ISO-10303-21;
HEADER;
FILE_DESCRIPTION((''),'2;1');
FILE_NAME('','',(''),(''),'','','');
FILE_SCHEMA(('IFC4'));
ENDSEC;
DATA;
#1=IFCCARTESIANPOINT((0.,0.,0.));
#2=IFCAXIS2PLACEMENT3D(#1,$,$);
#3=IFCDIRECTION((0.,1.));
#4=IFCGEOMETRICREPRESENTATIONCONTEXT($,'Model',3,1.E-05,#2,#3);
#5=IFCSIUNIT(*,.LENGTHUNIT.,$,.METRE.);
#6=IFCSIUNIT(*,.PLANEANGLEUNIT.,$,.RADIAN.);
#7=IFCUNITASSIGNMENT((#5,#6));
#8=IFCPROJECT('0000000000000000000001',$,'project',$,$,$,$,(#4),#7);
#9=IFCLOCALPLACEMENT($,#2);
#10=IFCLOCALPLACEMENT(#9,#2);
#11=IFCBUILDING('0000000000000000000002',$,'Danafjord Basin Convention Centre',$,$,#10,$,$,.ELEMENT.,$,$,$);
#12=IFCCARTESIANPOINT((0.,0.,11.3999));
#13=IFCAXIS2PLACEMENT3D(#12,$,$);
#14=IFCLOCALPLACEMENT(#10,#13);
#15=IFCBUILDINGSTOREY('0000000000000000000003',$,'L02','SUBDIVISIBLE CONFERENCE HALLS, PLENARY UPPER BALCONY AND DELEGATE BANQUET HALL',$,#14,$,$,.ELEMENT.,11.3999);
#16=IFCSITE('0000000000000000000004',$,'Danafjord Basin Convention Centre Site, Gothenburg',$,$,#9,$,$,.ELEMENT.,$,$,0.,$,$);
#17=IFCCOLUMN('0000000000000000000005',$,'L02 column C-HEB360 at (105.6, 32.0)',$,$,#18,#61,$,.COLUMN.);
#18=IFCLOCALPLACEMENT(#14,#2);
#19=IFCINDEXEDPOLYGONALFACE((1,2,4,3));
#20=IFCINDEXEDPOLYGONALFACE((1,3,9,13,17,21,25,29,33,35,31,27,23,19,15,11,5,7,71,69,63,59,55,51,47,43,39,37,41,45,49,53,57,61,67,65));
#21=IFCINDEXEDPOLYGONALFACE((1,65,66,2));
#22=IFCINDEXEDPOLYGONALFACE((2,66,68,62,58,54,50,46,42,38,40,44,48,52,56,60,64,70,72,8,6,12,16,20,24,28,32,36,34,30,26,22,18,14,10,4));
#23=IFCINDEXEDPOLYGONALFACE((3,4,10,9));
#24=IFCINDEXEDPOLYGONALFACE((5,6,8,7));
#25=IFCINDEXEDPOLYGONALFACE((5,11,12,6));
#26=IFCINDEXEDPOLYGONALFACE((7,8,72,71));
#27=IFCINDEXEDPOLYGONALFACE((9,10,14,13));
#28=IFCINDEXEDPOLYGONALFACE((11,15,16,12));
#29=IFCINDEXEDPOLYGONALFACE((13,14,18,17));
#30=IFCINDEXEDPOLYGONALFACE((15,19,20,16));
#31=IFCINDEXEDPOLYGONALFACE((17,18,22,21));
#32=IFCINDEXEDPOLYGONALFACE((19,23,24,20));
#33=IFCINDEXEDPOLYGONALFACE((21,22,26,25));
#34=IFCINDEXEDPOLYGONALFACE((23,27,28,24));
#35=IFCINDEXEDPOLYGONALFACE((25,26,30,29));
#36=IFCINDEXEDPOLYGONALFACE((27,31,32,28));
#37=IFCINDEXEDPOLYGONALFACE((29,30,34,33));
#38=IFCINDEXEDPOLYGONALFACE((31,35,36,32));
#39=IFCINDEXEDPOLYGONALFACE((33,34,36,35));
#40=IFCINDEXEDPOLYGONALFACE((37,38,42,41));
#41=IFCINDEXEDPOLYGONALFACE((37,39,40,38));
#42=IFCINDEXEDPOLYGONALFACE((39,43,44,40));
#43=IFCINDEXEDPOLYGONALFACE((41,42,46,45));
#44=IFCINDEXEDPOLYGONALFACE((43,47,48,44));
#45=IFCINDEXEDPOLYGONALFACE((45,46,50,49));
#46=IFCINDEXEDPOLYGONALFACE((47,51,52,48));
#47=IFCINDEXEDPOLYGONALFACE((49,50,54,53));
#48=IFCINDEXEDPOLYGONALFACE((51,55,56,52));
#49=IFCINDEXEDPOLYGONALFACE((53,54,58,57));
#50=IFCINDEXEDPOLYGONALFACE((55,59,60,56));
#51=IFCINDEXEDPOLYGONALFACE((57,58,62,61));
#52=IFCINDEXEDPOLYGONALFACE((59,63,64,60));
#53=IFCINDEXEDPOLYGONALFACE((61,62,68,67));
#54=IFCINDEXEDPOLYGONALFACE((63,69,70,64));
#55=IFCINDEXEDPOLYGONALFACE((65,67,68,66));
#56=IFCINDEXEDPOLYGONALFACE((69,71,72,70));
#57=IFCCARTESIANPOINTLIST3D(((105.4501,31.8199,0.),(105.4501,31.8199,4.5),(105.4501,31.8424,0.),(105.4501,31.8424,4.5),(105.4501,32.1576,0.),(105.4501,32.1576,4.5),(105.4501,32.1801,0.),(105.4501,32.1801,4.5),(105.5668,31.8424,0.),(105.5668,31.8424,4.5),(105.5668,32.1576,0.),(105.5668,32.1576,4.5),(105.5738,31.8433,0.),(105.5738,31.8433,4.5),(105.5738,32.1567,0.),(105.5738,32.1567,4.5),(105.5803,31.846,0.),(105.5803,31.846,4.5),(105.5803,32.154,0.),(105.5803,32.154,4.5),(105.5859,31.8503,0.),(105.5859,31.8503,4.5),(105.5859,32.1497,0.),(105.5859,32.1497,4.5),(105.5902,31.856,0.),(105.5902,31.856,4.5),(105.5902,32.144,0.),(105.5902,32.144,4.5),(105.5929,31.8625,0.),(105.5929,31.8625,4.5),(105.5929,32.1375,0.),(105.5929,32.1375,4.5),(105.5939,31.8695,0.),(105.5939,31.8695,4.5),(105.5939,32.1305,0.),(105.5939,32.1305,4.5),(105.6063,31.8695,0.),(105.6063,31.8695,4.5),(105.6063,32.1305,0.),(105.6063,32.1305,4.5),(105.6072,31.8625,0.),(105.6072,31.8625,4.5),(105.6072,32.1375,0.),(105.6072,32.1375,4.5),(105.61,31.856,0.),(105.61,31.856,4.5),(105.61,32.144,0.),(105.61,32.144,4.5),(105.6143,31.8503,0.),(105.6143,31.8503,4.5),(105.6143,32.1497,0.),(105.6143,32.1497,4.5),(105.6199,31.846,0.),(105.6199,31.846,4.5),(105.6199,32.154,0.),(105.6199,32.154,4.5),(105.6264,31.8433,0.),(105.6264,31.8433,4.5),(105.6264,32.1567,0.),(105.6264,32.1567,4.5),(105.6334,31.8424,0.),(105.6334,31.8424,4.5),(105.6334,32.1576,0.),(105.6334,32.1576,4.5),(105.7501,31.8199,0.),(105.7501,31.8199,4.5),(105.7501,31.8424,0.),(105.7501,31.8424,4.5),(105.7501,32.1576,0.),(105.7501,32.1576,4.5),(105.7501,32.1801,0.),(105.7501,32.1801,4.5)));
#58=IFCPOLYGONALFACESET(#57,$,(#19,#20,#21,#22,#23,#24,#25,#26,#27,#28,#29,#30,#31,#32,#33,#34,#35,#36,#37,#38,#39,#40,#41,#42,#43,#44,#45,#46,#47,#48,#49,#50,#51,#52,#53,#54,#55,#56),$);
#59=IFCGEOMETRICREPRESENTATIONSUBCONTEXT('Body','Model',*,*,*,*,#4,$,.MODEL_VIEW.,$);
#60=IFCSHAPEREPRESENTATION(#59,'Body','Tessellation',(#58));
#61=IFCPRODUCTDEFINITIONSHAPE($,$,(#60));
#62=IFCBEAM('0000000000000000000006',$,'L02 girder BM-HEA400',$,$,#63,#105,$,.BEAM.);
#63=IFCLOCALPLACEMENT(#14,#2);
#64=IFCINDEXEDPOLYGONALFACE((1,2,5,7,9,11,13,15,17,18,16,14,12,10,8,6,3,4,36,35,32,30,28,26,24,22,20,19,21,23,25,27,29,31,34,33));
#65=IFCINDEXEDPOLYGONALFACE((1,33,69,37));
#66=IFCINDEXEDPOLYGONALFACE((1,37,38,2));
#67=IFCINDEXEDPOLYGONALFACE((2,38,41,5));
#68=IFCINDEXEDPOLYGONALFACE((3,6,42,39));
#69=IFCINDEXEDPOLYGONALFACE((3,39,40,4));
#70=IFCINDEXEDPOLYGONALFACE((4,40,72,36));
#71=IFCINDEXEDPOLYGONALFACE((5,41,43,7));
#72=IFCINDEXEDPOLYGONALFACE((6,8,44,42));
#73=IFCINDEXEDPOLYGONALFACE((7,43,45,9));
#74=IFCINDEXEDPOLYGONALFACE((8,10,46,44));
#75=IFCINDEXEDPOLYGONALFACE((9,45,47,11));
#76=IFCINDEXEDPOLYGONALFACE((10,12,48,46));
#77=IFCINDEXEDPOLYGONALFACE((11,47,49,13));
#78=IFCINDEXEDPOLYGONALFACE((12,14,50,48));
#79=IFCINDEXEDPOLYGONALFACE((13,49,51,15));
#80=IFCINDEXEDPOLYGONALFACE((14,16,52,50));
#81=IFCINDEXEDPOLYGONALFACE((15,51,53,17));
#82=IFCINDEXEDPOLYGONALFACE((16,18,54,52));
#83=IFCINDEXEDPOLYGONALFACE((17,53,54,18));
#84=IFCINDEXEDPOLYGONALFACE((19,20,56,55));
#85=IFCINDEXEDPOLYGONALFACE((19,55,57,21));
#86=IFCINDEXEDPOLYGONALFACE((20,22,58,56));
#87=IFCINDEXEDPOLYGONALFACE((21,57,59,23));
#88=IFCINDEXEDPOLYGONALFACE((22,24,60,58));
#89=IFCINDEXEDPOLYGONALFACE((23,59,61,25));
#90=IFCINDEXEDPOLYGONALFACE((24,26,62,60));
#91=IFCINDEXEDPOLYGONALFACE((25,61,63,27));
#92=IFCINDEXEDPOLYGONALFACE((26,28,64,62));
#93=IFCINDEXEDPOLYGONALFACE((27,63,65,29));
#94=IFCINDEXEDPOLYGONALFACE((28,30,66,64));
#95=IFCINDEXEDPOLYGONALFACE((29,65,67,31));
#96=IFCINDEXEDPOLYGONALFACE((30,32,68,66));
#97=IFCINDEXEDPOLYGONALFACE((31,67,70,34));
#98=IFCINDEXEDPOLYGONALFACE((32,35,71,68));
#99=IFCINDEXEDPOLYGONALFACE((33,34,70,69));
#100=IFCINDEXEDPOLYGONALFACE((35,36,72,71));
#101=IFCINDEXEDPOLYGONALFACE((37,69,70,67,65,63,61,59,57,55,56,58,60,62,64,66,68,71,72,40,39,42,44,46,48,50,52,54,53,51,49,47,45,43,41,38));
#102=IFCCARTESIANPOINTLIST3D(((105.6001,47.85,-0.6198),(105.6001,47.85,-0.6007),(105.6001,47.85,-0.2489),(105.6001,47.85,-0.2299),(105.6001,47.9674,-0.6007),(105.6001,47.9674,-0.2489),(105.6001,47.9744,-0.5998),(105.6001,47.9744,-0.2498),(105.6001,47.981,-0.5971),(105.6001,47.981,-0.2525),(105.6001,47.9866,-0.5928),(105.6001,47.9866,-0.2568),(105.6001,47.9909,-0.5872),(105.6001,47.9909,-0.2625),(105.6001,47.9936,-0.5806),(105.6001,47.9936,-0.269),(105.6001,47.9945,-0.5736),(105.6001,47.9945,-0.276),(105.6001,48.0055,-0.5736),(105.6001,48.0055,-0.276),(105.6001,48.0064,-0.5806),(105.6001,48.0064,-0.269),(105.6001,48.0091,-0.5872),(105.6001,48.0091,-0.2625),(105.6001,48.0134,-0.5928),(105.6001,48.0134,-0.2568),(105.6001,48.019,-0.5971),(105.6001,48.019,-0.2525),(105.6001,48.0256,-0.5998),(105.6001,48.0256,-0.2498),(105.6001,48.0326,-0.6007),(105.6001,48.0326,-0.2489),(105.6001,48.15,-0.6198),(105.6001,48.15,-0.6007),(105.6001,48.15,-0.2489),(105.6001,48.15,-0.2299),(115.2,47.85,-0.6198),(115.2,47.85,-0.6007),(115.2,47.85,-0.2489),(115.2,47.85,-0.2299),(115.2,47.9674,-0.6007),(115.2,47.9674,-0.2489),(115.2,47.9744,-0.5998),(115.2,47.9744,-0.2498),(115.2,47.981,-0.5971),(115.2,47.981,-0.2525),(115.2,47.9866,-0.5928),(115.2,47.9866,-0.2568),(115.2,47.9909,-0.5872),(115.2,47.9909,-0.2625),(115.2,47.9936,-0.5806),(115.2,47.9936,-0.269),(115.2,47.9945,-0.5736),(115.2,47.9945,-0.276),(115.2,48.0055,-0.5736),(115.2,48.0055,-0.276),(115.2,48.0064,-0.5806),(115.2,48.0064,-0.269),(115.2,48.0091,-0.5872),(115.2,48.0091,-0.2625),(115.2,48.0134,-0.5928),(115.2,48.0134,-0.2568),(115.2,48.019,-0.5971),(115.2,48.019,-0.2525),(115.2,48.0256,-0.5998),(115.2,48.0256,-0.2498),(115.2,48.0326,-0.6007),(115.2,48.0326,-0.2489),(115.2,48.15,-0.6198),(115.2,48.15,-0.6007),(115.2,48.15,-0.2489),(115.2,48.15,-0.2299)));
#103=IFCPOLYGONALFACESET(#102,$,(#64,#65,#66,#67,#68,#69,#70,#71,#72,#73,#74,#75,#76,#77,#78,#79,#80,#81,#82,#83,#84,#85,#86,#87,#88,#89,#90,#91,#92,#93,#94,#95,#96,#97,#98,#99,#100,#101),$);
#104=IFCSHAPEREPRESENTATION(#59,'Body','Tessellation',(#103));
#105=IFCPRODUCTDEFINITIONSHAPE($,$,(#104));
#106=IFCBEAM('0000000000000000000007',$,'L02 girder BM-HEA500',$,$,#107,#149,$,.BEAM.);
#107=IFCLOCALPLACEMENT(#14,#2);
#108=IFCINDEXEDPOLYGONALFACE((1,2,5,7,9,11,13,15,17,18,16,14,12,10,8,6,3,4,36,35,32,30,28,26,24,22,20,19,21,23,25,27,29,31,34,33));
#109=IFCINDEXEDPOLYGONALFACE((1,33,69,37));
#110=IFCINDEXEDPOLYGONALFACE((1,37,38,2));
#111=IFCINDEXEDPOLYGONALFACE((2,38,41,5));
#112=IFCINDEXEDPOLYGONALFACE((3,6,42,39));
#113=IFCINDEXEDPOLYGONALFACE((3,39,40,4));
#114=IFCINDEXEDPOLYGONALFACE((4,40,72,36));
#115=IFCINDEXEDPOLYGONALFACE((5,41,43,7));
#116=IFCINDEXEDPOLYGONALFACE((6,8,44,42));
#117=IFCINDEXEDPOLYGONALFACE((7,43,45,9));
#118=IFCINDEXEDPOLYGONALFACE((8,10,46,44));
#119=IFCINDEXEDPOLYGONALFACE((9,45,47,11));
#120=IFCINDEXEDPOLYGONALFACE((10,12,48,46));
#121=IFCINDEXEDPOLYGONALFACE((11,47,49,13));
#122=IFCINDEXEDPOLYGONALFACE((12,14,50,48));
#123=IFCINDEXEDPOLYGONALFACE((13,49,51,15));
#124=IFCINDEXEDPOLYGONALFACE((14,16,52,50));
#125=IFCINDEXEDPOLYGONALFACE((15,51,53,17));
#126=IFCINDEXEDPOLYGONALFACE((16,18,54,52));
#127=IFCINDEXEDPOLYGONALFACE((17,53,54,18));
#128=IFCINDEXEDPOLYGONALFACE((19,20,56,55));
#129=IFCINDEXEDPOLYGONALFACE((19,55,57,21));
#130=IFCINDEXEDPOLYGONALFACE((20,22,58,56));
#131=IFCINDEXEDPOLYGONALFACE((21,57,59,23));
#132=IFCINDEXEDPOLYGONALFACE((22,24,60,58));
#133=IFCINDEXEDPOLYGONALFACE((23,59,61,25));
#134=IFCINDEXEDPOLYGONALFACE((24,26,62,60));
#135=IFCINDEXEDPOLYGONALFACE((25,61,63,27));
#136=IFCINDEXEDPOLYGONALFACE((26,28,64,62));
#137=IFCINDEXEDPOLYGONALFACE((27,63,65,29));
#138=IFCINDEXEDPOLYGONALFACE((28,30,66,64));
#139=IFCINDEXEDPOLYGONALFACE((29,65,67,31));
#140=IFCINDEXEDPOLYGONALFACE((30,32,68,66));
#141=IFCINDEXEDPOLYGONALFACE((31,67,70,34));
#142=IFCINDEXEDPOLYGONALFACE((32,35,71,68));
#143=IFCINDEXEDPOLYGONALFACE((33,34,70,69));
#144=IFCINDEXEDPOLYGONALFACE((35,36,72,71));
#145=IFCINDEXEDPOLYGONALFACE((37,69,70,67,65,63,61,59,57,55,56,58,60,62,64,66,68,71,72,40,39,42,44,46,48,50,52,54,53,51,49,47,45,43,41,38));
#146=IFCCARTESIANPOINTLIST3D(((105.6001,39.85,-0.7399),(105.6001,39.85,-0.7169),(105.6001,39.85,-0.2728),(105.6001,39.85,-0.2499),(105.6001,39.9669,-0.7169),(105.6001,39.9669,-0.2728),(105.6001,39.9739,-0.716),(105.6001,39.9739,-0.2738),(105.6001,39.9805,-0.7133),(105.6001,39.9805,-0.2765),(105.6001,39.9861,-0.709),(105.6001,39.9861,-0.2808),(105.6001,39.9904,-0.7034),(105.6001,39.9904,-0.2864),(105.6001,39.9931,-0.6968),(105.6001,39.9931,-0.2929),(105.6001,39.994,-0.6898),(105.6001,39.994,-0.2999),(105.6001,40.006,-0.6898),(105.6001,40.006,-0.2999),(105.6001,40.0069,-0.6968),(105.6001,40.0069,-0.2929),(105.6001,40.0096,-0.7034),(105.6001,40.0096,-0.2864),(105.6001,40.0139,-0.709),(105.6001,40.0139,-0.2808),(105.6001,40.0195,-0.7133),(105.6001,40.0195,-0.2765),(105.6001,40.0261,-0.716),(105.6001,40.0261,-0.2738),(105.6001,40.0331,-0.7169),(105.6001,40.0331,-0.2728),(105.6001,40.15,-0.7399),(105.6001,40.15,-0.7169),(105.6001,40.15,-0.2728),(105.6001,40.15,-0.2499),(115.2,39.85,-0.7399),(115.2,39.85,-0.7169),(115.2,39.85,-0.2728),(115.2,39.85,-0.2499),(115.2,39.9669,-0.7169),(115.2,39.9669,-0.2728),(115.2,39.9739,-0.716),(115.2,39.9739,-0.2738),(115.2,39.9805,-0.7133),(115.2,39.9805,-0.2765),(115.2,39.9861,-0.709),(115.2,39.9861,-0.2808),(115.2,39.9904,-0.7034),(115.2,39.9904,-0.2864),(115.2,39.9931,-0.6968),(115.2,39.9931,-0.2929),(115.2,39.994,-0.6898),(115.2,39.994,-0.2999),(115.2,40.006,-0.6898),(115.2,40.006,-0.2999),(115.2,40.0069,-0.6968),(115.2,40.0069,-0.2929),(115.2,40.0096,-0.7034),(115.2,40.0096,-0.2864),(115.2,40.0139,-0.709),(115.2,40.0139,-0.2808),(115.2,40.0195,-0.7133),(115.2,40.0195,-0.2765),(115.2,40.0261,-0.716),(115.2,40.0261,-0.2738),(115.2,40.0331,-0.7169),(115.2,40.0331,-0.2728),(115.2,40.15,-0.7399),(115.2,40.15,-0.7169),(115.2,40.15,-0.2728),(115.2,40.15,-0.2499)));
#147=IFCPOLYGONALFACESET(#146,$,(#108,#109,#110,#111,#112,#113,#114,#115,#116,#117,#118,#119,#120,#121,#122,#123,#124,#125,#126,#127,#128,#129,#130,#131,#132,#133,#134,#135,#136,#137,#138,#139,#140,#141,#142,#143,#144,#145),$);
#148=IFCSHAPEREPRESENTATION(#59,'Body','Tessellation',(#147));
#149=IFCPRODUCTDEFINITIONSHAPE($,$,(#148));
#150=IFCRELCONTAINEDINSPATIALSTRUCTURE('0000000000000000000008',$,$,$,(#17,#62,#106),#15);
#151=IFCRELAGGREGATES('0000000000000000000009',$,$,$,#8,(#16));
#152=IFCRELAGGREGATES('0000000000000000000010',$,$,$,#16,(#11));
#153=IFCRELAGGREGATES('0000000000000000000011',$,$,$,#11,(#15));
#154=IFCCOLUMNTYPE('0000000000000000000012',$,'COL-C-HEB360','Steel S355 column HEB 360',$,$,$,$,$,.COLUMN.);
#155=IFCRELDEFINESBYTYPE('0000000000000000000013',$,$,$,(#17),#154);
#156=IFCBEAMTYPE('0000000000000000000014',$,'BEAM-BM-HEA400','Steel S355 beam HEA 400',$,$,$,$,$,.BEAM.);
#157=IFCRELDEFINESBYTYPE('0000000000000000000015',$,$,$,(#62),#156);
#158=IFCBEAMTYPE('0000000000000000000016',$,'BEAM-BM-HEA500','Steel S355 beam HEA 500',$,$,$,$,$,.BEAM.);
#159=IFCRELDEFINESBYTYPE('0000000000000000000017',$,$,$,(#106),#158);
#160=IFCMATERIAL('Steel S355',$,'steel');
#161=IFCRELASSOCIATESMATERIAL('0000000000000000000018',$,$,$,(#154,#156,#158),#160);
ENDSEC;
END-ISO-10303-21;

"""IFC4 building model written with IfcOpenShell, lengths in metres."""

from ifc_helpers import new_model, si_unit, direction, frame, origin, origin_2d, place, context, subcontext, project, spatial, i_section, extrude, material, material_profile, profile_set, type_object, element, save


model = new_model("IFC4")

# Units and contexts
model_context = context("Model", 3, precision=1e-05, world=origin(), true_north=direction((0.0, 1.0)))
body_context = subcontext(model_context, "Body", "Model", "MODEL_VIEW")
ifc_project = project(units=[si_unit("LENGTHUNIT", "METRE"), si_unit("PLANEANGLEUNIT", "RADIAN")], contexts=[model_context])

# Site, building, storey
site_placement = place(None, origin())
site = spatial("IfcSite", under=ifc_project, at=site_placement, Name="Danafjord Basin Convention Centre Site, Gothenburg", CompositionType="ELEMENT", RefElevation=0.0)
building_placement = place(site_placement, origin())
building = spatial("IfcBuilding", under=site, at=building_placement, Name="Danafjord Basin Convention Centre", CompositionType="ELEMENT")
storey_placement = place(building_placement, frame((0.0, 0.0, 11.3999)))
storey = spatial("IfcBuildingStorey", under=building, at=storey_placement, Name="L02", Description="SUBDIVISIBLE CONFERENCE HALLS, PLENARY UPPER BALCONY AND DELEGATE BANQUET HALL", CompositionType="ELEMENT", Elevation=11.3999)

# Column
ifc_material_1 = material(Name="Steel S355", Category="steel")
ifc_material_profile_1 = material_profile(ifc_material_1, i_section(OverallWidth=0.3, OverallDepth=0.3601, WebThickness=0.0125, FlangeThickness=0.0225, FilletRadius=0.0271, at=origin_2d()), Name="HEB 360")
ifc_profile_set_1 = profile_set([ifc_material_profile_1], Name="Steel S355")
column_type_1 = type_object("IfcColumnType", Name="COL-C-HEB360", Description="Steel S355 column HEB 360", PredefinedType="COLUMN", material=ifc_profile_set_1)
for number, where, z_axis, x_axis, name in (
    (1, (105.6001, 32.0, 0.0), (0.0, 0.0, 1.0), (1.0, 0.0, 0.0), "L02 column C-HEB360 at (105.6, 32.0)"),
):
    element("IfcColumn", number, at=place(storey_placement, frame(where, z_axis=z_axis, x_axis=x_axis)), inside=storey, type_object=column_type_1, Name=name, PredefinedType="COLUMN", context=body_context, shape_type="SweptSolid", body=[
        extrude(i_section(OverallWidth=0.3, OverallDepth=0.3601, WebThickness=0.0125, FlangeThickness=0.0225, FilletRadius=0.0271, at=origin_2d()), origin(), (0.0, 0.0, 1.0), 4.5),
    ])

# Beams
ifc_material_profile_2 = material_profile(ifc_material_1, i_section(OverallWidth=0.3, OverallDepth=0.3899, WebThickness=0.011, FlangeThickness=0.019, FilletRadius=0.0271, at=origin_2d()), Name="HEA 400")
ifc_profile_set_2 = profile_set([ifc_material_profile_2], Name="Steel S355")
beam_type_1 = type_object("IfcBeamType", Name="BEAM-BM-HEA400", Description="Steel S355 beam HEA 400", PredefinedType="BEAM", material=ifc_profile_set_2)
beam_1_placement = place(storey_placement, frame((105.6001, 48.0, -0.4248), z_axis=(1.0, 0.0, 0.0), x_axis=(0.0, 1.0, 0.0)))
element("IfcBeam", 2, at=beam_1_placement, inside=storey, type_object=beam_type_1, Name="L02 girder BM-HEA400", PredefinedType="BEAM", context=body_context, shape_type="SweptSolid", body=[
    extrude(i_section(OverallWidth=0.3, OverallDepth=0.3899, WebThickness=0.011, FlangeThickness=0.019, FilletRadius=0.0271, at=origin_2d()), origin(), (0.0, 0.0, 1.0), 9.5999),
])
ifc_material_profile_3 = material_profile(ifc_material_1, i_section(OverallWidth=0.3, OverallDepth=0.49, WebThickness=0.012, FlangeThickness=0.0229, FilletRadius=0.0271, at=origin_2d()), Name="HEA 500")
ifc_profile_set_3 = profile_set([ifc_material_profile_3], Name="Steel S355")
beam_type_2 = type_object("IfcBeamType", Name="BEAM-BM-HEA500", Description="Steel S355 beam HEA 500", PredefinedType="BEAM", material=ifc_profile_set_3)
beam_2_placement = place(storey_placement, frame((105.6001, 40.0, -0.4949), z_axis=(1.0, 0.0, 0.0), x_axis=(0.0, 1.0, 0.0)))
element("IfcBeam", 3, at=beam_2_placement, inside=storey, type_object=beam_type_2, Name="L02 girder BM-HEA500", PredefinedType="BEAM", context=body_context, shape_type="SweptSolid", body=[
    extrude(i_section(OverallWidth=0.3, OverallDepth=0.49, WebThickness=0.012, FlangeThickness=0.0229, FilletRadius=0.0271, at=origin_2d()), origin(), (0.0, 0.0, 1.0), 9.5999),
])

save(model, "model.ifc")
